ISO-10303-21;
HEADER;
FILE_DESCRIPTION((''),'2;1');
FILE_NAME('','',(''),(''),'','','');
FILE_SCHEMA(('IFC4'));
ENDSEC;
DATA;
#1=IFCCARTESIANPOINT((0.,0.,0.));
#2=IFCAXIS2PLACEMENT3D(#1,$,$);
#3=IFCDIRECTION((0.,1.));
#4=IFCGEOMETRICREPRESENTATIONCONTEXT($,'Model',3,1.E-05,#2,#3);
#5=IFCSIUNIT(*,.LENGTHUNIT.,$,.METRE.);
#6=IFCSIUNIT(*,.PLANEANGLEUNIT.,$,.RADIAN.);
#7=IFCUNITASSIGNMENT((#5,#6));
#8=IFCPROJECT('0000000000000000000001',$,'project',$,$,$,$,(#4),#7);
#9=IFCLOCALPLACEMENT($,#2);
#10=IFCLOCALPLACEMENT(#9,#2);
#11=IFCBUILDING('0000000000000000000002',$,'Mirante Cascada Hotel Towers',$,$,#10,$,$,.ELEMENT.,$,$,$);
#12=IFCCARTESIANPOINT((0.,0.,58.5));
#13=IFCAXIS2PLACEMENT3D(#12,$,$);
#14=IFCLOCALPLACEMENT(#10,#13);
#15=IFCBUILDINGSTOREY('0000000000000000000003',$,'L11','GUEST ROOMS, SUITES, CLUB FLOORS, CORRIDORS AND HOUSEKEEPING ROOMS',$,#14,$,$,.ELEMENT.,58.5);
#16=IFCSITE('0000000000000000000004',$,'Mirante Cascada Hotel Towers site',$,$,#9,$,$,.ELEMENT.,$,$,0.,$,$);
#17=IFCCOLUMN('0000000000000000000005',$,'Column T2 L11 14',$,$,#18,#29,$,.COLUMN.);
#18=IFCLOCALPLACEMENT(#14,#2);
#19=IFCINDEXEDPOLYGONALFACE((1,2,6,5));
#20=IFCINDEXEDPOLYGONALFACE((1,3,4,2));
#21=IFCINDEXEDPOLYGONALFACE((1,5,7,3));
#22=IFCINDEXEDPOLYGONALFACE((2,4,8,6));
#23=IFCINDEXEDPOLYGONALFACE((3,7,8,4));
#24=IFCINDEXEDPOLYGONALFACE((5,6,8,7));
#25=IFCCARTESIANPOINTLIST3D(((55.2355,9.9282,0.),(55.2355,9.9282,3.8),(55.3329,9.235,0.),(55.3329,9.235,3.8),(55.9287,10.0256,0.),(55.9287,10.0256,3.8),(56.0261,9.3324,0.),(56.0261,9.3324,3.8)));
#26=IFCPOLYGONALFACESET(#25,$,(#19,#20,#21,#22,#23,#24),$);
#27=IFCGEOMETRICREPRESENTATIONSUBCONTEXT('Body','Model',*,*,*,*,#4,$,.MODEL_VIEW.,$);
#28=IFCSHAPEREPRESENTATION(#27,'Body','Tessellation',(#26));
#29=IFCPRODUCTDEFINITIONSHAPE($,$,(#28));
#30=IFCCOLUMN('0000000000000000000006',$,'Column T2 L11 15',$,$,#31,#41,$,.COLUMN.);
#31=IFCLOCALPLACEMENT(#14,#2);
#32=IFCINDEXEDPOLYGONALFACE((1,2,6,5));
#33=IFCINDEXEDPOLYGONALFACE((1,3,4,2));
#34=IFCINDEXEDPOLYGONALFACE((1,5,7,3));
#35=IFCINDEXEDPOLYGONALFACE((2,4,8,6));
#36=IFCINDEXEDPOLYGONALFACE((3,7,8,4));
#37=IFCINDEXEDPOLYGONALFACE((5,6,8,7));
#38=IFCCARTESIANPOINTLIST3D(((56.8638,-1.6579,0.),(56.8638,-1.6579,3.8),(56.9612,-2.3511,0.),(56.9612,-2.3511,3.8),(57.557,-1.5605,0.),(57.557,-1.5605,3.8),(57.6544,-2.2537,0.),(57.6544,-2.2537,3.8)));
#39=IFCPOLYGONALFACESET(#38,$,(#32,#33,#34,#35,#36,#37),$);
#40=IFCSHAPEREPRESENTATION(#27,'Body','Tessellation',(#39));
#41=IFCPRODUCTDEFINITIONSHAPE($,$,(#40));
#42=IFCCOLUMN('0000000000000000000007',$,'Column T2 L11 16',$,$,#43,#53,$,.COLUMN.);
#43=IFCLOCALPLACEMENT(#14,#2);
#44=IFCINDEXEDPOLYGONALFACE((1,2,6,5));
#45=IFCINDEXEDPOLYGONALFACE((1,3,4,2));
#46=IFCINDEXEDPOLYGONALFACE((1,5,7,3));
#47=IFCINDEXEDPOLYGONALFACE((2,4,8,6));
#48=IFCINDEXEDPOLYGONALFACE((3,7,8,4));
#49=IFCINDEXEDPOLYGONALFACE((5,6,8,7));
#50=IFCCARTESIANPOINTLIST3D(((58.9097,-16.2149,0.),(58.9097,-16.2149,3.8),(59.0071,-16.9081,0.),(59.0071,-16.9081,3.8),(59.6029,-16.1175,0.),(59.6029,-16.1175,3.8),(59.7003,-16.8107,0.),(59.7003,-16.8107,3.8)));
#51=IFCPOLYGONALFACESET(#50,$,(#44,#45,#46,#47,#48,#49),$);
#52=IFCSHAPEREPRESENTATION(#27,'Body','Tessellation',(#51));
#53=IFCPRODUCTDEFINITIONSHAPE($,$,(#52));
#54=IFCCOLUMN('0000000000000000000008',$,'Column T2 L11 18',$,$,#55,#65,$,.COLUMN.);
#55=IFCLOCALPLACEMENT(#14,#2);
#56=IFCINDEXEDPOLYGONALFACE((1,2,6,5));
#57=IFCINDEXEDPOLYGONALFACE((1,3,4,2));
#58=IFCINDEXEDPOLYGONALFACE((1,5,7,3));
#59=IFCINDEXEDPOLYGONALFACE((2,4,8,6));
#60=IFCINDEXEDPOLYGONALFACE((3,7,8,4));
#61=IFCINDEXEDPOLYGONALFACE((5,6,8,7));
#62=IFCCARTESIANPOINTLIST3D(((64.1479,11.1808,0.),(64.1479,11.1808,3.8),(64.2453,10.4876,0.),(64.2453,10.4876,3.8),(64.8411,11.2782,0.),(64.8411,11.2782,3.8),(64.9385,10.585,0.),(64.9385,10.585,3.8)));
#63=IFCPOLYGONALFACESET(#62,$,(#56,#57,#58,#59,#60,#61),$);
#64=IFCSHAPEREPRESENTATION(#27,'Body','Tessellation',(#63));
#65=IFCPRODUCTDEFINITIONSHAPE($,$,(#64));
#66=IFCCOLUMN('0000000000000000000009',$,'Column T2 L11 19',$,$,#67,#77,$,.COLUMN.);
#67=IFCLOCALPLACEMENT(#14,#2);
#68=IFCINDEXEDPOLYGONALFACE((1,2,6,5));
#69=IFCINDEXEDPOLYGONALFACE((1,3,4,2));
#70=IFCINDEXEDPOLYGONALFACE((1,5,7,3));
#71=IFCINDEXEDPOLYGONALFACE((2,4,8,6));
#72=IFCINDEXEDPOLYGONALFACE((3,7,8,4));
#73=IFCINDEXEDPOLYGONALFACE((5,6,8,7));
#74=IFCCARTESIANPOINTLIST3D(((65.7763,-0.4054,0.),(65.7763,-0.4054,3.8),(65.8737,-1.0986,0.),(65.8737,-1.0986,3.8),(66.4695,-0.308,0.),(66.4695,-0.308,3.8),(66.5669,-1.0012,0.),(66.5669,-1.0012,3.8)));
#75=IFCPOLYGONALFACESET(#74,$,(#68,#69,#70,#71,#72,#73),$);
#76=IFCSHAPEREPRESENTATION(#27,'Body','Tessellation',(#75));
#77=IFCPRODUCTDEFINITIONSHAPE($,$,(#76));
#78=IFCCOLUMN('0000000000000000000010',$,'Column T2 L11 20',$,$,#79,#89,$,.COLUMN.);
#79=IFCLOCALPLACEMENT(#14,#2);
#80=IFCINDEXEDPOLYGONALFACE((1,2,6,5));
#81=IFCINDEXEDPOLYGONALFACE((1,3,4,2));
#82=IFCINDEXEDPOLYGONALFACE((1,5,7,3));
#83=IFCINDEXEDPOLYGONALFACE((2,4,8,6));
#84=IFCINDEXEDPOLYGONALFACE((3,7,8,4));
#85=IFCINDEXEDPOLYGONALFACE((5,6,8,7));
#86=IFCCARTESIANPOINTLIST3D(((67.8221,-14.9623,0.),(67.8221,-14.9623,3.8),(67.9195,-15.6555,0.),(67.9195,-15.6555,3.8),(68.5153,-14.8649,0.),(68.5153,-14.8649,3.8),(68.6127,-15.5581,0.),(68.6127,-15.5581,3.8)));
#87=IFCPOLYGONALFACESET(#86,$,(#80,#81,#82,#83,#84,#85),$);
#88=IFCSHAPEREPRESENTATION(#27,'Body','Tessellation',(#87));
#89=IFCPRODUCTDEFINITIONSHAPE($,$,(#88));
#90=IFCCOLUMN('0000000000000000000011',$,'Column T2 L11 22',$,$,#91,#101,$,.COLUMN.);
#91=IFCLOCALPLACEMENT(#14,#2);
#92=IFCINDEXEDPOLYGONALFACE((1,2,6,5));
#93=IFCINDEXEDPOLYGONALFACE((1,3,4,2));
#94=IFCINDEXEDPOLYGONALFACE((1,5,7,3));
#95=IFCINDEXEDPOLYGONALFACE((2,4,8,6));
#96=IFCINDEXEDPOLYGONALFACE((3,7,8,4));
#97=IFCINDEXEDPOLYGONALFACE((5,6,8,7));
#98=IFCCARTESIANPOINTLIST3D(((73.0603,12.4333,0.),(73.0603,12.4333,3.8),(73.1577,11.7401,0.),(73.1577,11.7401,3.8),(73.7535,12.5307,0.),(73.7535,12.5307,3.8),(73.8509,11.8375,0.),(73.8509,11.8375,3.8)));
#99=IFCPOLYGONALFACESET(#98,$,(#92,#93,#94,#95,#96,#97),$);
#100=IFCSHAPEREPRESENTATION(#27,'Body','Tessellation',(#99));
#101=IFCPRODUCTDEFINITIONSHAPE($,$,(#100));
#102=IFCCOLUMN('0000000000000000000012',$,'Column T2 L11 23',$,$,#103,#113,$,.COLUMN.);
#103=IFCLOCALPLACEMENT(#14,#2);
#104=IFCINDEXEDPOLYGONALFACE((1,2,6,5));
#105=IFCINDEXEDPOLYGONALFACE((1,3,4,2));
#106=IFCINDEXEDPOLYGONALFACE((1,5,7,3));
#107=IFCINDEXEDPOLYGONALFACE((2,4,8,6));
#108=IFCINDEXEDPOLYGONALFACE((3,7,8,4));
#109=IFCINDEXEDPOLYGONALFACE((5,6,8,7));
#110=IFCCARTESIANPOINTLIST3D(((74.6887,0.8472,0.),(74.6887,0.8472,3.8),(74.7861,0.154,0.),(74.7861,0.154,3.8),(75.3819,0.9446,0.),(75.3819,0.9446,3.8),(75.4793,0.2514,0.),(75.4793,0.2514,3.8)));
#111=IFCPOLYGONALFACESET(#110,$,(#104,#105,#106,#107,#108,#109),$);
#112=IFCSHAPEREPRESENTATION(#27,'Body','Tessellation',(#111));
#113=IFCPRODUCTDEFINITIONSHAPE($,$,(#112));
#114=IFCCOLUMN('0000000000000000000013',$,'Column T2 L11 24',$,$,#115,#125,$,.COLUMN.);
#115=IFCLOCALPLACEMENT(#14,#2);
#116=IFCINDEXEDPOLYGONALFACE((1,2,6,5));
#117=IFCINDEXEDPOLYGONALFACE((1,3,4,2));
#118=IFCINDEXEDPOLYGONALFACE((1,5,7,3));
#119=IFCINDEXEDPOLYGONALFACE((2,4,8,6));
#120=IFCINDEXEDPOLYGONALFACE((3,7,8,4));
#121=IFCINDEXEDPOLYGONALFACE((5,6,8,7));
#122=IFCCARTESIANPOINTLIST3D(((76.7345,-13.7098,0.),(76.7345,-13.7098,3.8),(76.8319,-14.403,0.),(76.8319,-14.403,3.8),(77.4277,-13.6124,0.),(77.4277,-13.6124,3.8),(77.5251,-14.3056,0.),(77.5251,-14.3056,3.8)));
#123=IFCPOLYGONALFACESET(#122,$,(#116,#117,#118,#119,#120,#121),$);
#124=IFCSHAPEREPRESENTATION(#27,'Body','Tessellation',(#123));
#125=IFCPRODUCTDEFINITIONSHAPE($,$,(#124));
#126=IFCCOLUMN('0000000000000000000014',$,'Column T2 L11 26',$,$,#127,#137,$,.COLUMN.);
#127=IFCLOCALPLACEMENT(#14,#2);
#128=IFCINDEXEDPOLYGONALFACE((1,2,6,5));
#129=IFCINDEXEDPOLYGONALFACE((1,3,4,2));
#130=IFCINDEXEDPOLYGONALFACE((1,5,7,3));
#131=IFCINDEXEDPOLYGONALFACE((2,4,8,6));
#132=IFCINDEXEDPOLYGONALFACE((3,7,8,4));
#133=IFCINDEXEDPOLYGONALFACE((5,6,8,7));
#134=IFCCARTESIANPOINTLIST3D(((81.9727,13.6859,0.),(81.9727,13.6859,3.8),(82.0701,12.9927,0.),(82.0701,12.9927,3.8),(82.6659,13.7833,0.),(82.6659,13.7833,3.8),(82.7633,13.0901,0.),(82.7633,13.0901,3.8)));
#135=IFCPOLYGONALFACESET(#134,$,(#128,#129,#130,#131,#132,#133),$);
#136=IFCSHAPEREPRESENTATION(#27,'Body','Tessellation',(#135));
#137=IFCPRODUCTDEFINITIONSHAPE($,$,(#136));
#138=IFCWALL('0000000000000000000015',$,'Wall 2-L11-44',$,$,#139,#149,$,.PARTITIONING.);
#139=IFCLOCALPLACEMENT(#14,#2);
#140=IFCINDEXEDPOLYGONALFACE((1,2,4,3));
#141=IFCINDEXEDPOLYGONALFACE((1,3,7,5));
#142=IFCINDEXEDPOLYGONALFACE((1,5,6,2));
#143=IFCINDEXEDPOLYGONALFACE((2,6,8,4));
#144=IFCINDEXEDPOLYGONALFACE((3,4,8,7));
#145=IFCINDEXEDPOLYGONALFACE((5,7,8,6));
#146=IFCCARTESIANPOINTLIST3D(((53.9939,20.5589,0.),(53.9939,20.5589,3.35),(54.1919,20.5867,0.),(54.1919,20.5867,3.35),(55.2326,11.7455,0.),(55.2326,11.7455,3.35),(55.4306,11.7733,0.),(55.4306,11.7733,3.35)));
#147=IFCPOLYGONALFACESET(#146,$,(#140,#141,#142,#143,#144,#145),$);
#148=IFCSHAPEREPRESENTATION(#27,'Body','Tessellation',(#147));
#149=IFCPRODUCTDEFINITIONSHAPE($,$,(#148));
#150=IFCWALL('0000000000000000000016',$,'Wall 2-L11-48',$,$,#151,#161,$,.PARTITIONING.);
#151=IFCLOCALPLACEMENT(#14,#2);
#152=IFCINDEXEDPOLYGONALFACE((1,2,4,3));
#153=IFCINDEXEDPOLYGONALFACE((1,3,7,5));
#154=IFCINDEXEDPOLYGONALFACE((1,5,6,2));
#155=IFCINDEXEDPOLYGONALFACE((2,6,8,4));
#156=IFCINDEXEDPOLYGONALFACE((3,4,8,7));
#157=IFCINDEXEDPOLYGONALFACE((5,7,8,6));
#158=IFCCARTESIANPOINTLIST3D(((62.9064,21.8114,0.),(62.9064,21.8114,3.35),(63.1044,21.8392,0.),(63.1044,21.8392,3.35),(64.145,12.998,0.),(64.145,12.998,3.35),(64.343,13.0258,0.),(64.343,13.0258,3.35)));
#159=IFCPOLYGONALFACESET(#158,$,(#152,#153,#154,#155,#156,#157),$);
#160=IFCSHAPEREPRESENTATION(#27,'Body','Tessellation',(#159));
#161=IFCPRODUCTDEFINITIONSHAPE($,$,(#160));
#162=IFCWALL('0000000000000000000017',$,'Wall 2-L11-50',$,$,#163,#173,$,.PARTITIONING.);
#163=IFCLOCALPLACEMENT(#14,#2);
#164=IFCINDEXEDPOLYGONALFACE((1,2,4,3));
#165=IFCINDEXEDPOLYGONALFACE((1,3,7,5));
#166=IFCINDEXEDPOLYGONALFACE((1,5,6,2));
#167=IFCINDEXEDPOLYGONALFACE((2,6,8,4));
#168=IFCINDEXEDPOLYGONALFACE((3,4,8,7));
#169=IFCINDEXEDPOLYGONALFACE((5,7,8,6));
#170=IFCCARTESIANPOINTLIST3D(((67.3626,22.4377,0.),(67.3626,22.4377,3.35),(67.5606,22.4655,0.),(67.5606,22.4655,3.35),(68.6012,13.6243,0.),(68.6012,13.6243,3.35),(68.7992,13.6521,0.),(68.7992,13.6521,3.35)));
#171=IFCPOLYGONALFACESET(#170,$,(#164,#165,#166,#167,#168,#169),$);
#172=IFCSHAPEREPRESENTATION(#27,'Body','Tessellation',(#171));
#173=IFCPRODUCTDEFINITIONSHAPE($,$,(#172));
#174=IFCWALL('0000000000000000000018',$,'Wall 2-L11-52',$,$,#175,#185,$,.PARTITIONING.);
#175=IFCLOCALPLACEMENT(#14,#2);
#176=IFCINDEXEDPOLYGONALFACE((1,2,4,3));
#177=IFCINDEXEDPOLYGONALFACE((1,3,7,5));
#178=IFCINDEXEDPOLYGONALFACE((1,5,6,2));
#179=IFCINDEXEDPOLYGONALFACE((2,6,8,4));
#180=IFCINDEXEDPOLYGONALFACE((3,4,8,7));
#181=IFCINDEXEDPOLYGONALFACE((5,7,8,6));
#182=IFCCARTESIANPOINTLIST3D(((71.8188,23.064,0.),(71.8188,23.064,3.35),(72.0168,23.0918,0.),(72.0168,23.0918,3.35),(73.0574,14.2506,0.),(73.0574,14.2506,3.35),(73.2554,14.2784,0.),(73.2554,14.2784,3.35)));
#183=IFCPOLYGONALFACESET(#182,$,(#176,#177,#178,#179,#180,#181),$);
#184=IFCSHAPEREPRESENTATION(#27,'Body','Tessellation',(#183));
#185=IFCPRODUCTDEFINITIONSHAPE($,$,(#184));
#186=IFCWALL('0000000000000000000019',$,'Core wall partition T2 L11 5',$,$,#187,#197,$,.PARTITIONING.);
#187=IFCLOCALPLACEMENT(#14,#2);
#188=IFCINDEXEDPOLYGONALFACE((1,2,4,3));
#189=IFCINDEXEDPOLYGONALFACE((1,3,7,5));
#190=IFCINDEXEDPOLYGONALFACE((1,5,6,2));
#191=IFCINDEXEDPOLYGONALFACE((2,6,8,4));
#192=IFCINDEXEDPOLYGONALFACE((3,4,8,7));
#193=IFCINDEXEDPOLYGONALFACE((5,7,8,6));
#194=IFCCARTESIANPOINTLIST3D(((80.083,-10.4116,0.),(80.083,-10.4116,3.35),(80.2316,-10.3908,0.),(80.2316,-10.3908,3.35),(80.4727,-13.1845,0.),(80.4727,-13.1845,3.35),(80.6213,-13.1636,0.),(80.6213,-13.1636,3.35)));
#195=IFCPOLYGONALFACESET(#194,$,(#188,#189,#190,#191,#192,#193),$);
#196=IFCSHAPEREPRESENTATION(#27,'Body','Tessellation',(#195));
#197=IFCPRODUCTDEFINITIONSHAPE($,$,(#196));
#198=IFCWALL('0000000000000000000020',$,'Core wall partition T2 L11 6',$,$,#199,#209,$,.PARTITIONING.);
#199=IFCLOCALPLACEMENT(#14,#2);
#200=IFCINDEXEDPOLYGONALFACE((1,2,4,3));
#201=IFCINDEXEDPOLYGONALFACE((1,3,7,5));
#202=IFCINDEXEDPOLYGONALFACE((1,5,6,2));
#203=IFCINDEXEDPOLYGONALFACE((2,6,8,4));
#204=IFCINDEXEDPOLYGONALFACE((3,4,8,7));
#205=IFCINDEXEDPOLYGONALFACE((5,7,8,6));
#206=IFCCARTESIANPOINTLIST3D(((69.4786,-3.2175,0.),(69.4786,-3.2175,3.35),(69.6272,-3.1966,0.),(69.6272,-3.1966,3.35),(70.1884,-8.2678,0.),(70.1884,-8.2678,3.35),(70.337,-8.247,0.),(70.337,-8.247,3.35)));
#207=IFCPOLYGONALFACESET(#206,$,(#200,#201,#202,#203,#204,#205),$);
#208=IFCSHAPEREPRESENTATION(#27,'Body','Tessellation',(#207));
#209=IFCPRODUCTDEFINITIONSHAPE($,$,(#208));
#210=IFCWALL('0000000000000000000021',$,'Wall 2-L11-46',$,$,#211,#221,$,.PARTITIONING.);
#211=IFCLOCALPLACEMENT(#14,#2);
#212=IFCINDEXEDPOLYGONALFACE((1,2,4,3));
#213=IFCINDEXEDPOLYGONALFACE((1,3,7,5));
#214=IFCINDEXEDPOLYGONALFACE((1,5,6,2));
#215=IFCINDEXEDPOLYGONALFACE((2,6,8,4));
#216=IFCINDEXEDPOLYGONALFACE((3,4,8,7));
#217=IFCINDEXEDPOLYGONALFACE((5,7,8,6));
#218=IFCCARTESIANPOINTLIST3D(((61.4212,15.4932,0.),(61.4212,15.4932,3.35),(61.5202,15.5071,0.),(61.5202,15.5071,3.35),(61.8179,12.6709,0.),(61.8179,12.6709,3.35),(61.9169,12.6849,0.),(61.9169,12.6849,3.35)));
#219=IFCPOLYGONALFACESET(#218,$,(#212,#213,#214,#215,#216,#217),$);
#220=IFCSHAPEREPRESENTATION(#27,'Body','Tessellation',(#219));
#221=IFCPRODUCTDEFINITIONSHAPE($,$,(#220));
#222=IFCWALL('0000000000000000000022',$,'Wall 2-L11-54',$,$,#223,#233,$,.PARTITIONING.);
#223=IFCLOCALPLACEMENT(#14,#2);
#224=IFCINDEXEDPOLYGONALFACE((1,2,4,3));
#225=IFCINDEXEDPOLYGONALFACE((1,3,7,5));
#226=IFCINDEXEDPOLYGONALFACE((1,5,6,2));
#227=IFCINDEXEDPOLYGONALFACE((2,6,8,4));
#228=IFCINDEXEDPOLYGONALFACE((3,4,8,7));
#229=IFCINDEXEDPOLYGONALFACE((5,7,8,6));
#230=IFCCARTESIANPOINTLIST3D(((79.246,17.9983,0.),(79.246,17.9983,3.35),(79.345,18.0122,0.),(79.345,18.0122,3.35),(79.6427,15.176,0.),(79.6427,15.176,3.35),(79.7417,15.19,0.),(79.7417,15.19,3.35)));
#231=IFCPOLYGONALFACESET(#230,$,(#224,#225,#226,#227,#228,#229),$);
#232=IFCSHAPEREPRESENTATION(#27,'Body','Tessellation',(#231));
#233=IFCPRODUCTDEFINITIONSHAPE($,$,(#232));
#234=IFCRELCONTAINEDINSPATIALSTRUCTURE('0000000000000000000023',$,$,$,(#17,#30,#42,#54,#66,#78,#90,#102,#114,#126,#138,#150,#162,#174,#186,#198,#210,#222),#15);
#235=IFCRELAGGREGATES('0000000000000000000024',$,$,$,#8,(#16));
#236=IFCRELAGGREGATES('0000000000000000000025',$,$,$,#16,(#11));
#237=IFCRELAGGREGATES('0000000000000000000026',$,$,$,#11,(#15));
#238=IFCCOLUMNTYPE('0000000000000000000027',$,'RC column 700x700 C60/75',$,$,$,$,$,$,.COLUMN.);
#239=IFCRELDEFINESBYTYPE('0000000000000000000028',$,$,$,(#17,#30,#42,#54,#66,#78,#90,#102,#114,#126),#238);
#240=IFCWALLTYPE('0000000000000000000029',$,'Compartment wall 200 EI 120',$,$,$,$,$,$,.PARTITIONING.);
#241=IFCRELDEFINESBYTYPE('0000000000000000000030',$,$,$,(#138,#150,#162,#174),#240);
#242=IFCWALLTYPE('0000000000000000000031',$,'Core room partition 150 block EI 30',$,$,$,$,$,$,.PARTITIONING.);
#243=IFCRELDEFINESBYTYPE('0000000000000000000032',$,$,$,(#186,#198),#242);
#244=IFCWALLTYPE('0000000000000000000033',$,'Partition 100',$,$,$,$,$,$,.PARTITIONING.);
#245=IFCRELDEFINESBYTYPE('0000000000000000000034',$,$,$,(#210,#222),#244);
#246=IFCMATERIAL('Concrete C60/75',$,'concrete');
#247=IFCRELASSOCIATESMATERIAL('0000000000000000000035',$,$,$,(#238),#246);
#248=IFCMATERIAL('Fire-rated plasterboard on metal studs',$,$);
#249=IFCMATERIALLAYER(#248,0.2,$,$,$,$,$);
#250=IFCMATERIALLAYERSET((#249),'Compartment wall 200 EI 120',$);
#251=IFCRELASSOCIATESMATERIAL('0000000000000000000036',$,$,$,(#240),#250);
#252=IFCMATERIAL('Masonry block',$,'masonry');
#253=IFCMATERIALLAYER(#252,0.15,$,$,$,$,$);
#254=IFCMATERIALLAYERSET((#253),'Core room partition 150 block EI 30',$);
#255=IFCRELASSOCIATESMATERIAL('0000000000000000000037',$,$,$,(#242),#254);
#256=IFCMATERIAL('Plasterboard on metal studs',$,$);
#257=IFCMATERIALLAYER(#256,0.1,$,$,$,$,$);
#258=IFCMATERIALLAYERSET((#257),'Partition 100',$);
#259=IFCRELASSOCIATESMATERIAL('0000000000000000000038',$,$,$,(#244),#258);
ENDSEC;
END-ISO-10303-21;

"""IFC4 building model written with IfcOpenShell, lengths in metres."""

from ifc_helpers import new_model, si_unit, direction, frame, frame_2d, origin, origin_2d, place, context, subcontext, project, spatial, rectangle, extrude, material, layer, layer_set, material_profile, profile_set, type_object, element, save


model = new_model("IFC4")

# Units and contexts
model_context = context("Model", 3, precision=1e-05, world=origin(), true_north=direction((0.0, 1.0)))
body_context = subcontext(model_context, "Body", "Model", "MODEL_VIEW")
ifc_project = project(units=[si_unit("LENGTHUNIT", "METRE"), si_unit("PLANEANGLEUNIT", "RADIAN")], contexts=[model_context])

# Site, building, storey
site_placement = place(None, origin())
site = spatial("IfcSite", under=ifc_project, at=site_placement, Name="Mirante Cascada Hotel Towers site", CompositionType="ELEMENT", RefElevation=0.0)
building_placement = place(site_placement, origin())
building = spatial("IfcBuilding", under=site, at=building_placement, Name="Mirante Cascada Hotel Towers", CompositionType="ELEMENT")
storey_placement = place(building_placement, frame((0.0, 0.0, 58.5)))
storey = spatial("IfcBuildingStorey", under=building, at=storey_placement, Name="L11", Description="GUEST ROOMS, SUITES, CLUB FLOORS, CORRIDORS AND HOUSEKEEPING ROOMS", CompositionType="ELEMENT", Elevation=58.5)

# Columns
ifc_material_1 = material(Name="Concrete C60/75", Category="concrete")
ifc_material_profile = material_profile(ifc_material_1, rectangle(XDim=0.7, YDim=0.7, at=origin_2d()), Name="RC column 700x700 C60/75")
ifc_profile_set = profile_set([ifc_material_profile], Name="Concrete C60/75")
column_type = type_object("IfcColumnType", Name="RC column 700x700 C60/75", PredefinedType="COLUMN", material=ifc_profile_set)
for number, where, z_axis, x_axis, name in (
    (1, (55.6308, 9.6303, 0.0), (0.0, 0.0, 1.0), (0.990268, 0.139173, 0.0), "Column T2 L11 14"),
    (2, (57.2591, -1.9558, 0.0), (0.0, 0.0, 1.0), (0.990268, 0.139173, 0.0), "Column T2 L11 15"),
    (3, (59.305, -16.5128, 0.0), (0.0, 0.0, 1.0), (0.990268, 0.139173, 0.0), "Column T2 L11 16"),
    (4, (64.5432, 10.8829, 0.0), (0.0, 0.0, 1.0), (0.990268, 0.139173, 0.0), "Column T2 L11 18"),
    (5, (66.1716, -0.7033, 0.0), (0.0, 0.0, 1.0), (0.990268, 0.139173, 0.0), "Column T2 L11 19"),
    (6, (68.2174, -15.2602, 0.0), (0.0, 0.0, 1.0), (0.990268, 0.139173, 0.0), "Column T2 L11 20"),
    (7, (73.4556, 12.1354, 0.0), (0.0, 0.0, 1.0), (0.990268, 0.139173, 0.0), "Column T2 L11 22"),
    (8, (75.084, 0.5493, 0.0), (0.0, 0.0, 1.0), (0.990268, 0.139173, 0.0), "Column T2 L11 23"),
    (9, (77.1298, -14.0077, 0.0), (0.0, 0.0, 1.0), (0.990268, 0.139173, 0.0), "Column T2 L11 24"),
    (10, (82.368, 13.388, 0.0), (0.0, 0.0, 1.0), (0.990268, 0.139173, 0.0), "Column T2 L11 26"),
):
    element("IfcColumn", number, at=place(storey_placement, frame(where, z_axis=z_axis, x_axis=x_axis)), inside=storey, type_object=column_type, Name=name, PredefinedType="COLUMN", context=body_context, shape_type="SweptSolid", body=[
        extrude(rectangle(XDim=0.7, YDim=0.7, at=origin_2d()), origin(), (0.0, 0.0, 1.0), 3.8),
    ])

# Walls
ifc_material_2 = material(Name="Fire-rated plasterboard on metal studs")
ifc_layer_1 = layer(ifc_material_2, 0.2)
ifc_layer_set_1 = layer_set([ifc_layer_1], Name="Compartment wall 200 EI 120")
wall_type_1 = type_object("IfcWallType", Name="Compartment wall 200 EI 120", PredefinedType="PARTITIONING", material=ifc_layer_set_1)
for number, where, z_axis, x_axis, name in (
    (11, (55.3316, 11.7594, 0.0), (0.0, 0.0, 1.0), (-0.139179, 0.990267, 0.0), "Wall 2-L11-44"),
    (12, (64.244, 13.0119, 0.0), (0.0, 0.0, 1.0), (-0.139168, 0.990269, 0.0), "Wall 2-L11-48"),
    (13, (68.7002, 13.6382, 0.0), (0.0, 0.0, 1.0), (-0.139168, 0.990269, 0.0), "Wall 2-L11-50"),
    (14, (73.1564, 14.2645, 0.0), (0.0, 0.0, 1.0), (-0.139168, 0.990269, 0.0), "Wall 2-L11-52"),
):
    element("IfcWall", number, at=place(storey_placement, frame(where, z_axis=z_axis, x_axis=x_axis)), inside=storey, type_object=wall_type_1, Name=name, PredefinedType="PARTITIONING", context=body_context, shape_type="SweptSolid", body=[
        extrude(rectangle(XDim=8.9, YDim=0.2, at=frame_2d((4.45, 0.0))), origin(), (0.0, 0.0, 1.0), 3.35),
    ])
ifc_material_3 = material(Name="Masonry block", Category="masonry")
ifc_layer_2 = layer(ifc_material_3, 0.15)
ifc_layer_set_2 = layer_set([ifc_layer_2], Name="Core room partition 150 block EI 30")
wall_type_2 = type_object("IfcWallType", Name="Core room partition 150 block EI 30", PredefinedType="PARTITIONING", material=ifc_layer_set_2)
wall_1_placement = place(storey_placement, frame((80.547, -13.174, 0.0), z_axis=(0.0, 0.0, 1.0), x_axis=(-0.139176, 0.990268, 0.0)))
element("IfcWall", 15, at=wall_1_placement, inside=storey, type_object=wall_type_2, Name="Core wall partition T2 L11 5", PredefinedType="PARTITIONING", context=body_context, shape_type="SweptSolid", body=[
    extrude(rectangle(XDim=2.8001, YDim=0.15, at=frame_2d((1.4, 0.0))), origin(), (0.0, 0.0, 1.0), 3.35),
])
wall_2_placement = place(storey_placement, frame((70.2627, -8.2574, 0.0), z_axis=(0.0, 0.0, 1.0), x_axis=(-0.139176, 0.990268, 0.0)))
element("IfcWall", 16, at=wall_2_placement, inside=storey, type_object=wall_type_2, Name="Core wall partition T2 L11 6", PredefinedType="PARTITIONING", context=body_context, shape_type="SweptSolid", body=[
    extrude(rectangle(XDim=5.1, YDim=0.15, at=frame_2d((2.55, 0.0))), origin(), (0.0, 0.0, 1.0), 3.35),
])
ifc_material_4 = material(Name="Plasterboard on metal studs")
ifc_layer_3 = layer(ifc_material_4, 0.1)
ifc_layer_set_3 = layer_set([ifc_layer_3], Name="Partition 100")
wall_type_3 = type_object("IfcWallType", Name="Partition 100", PredefinedType="PARTITIONING", material=ifc_layer_set_3)
for number, where, z_axis, x_axis, name in (
    (17, (61.8674, 12.6779, 0.0), (0.0, 0.0, 1.0), (-0.139191, 0.990266, 0.0), "Wall 2-L11-46"),
    (18, (79.6922, 15.183, 0.0), (0.0, 0.0, 1.0), (-0.139191, 0.990266, 0.0), "Wall 2-L11-54"),
):
    element("IfcWall", number, at=place(storey_placement, frame(where, z_axis=z_axis, x_axis=x_axis)), inside=storey, type_object=wall_type_3, Name=name, PredefinedType="PARTITIONING", context=body_context, shape_type="SweptSolid", body=[
        extrude(rectangle(XDim=2.85, YDim=0.1, at=frame_2d((1.425, 0.0))), origin(), (0.0, 0.0, 1.0), 3.35),
    ])

save(model, "model.ifc")
